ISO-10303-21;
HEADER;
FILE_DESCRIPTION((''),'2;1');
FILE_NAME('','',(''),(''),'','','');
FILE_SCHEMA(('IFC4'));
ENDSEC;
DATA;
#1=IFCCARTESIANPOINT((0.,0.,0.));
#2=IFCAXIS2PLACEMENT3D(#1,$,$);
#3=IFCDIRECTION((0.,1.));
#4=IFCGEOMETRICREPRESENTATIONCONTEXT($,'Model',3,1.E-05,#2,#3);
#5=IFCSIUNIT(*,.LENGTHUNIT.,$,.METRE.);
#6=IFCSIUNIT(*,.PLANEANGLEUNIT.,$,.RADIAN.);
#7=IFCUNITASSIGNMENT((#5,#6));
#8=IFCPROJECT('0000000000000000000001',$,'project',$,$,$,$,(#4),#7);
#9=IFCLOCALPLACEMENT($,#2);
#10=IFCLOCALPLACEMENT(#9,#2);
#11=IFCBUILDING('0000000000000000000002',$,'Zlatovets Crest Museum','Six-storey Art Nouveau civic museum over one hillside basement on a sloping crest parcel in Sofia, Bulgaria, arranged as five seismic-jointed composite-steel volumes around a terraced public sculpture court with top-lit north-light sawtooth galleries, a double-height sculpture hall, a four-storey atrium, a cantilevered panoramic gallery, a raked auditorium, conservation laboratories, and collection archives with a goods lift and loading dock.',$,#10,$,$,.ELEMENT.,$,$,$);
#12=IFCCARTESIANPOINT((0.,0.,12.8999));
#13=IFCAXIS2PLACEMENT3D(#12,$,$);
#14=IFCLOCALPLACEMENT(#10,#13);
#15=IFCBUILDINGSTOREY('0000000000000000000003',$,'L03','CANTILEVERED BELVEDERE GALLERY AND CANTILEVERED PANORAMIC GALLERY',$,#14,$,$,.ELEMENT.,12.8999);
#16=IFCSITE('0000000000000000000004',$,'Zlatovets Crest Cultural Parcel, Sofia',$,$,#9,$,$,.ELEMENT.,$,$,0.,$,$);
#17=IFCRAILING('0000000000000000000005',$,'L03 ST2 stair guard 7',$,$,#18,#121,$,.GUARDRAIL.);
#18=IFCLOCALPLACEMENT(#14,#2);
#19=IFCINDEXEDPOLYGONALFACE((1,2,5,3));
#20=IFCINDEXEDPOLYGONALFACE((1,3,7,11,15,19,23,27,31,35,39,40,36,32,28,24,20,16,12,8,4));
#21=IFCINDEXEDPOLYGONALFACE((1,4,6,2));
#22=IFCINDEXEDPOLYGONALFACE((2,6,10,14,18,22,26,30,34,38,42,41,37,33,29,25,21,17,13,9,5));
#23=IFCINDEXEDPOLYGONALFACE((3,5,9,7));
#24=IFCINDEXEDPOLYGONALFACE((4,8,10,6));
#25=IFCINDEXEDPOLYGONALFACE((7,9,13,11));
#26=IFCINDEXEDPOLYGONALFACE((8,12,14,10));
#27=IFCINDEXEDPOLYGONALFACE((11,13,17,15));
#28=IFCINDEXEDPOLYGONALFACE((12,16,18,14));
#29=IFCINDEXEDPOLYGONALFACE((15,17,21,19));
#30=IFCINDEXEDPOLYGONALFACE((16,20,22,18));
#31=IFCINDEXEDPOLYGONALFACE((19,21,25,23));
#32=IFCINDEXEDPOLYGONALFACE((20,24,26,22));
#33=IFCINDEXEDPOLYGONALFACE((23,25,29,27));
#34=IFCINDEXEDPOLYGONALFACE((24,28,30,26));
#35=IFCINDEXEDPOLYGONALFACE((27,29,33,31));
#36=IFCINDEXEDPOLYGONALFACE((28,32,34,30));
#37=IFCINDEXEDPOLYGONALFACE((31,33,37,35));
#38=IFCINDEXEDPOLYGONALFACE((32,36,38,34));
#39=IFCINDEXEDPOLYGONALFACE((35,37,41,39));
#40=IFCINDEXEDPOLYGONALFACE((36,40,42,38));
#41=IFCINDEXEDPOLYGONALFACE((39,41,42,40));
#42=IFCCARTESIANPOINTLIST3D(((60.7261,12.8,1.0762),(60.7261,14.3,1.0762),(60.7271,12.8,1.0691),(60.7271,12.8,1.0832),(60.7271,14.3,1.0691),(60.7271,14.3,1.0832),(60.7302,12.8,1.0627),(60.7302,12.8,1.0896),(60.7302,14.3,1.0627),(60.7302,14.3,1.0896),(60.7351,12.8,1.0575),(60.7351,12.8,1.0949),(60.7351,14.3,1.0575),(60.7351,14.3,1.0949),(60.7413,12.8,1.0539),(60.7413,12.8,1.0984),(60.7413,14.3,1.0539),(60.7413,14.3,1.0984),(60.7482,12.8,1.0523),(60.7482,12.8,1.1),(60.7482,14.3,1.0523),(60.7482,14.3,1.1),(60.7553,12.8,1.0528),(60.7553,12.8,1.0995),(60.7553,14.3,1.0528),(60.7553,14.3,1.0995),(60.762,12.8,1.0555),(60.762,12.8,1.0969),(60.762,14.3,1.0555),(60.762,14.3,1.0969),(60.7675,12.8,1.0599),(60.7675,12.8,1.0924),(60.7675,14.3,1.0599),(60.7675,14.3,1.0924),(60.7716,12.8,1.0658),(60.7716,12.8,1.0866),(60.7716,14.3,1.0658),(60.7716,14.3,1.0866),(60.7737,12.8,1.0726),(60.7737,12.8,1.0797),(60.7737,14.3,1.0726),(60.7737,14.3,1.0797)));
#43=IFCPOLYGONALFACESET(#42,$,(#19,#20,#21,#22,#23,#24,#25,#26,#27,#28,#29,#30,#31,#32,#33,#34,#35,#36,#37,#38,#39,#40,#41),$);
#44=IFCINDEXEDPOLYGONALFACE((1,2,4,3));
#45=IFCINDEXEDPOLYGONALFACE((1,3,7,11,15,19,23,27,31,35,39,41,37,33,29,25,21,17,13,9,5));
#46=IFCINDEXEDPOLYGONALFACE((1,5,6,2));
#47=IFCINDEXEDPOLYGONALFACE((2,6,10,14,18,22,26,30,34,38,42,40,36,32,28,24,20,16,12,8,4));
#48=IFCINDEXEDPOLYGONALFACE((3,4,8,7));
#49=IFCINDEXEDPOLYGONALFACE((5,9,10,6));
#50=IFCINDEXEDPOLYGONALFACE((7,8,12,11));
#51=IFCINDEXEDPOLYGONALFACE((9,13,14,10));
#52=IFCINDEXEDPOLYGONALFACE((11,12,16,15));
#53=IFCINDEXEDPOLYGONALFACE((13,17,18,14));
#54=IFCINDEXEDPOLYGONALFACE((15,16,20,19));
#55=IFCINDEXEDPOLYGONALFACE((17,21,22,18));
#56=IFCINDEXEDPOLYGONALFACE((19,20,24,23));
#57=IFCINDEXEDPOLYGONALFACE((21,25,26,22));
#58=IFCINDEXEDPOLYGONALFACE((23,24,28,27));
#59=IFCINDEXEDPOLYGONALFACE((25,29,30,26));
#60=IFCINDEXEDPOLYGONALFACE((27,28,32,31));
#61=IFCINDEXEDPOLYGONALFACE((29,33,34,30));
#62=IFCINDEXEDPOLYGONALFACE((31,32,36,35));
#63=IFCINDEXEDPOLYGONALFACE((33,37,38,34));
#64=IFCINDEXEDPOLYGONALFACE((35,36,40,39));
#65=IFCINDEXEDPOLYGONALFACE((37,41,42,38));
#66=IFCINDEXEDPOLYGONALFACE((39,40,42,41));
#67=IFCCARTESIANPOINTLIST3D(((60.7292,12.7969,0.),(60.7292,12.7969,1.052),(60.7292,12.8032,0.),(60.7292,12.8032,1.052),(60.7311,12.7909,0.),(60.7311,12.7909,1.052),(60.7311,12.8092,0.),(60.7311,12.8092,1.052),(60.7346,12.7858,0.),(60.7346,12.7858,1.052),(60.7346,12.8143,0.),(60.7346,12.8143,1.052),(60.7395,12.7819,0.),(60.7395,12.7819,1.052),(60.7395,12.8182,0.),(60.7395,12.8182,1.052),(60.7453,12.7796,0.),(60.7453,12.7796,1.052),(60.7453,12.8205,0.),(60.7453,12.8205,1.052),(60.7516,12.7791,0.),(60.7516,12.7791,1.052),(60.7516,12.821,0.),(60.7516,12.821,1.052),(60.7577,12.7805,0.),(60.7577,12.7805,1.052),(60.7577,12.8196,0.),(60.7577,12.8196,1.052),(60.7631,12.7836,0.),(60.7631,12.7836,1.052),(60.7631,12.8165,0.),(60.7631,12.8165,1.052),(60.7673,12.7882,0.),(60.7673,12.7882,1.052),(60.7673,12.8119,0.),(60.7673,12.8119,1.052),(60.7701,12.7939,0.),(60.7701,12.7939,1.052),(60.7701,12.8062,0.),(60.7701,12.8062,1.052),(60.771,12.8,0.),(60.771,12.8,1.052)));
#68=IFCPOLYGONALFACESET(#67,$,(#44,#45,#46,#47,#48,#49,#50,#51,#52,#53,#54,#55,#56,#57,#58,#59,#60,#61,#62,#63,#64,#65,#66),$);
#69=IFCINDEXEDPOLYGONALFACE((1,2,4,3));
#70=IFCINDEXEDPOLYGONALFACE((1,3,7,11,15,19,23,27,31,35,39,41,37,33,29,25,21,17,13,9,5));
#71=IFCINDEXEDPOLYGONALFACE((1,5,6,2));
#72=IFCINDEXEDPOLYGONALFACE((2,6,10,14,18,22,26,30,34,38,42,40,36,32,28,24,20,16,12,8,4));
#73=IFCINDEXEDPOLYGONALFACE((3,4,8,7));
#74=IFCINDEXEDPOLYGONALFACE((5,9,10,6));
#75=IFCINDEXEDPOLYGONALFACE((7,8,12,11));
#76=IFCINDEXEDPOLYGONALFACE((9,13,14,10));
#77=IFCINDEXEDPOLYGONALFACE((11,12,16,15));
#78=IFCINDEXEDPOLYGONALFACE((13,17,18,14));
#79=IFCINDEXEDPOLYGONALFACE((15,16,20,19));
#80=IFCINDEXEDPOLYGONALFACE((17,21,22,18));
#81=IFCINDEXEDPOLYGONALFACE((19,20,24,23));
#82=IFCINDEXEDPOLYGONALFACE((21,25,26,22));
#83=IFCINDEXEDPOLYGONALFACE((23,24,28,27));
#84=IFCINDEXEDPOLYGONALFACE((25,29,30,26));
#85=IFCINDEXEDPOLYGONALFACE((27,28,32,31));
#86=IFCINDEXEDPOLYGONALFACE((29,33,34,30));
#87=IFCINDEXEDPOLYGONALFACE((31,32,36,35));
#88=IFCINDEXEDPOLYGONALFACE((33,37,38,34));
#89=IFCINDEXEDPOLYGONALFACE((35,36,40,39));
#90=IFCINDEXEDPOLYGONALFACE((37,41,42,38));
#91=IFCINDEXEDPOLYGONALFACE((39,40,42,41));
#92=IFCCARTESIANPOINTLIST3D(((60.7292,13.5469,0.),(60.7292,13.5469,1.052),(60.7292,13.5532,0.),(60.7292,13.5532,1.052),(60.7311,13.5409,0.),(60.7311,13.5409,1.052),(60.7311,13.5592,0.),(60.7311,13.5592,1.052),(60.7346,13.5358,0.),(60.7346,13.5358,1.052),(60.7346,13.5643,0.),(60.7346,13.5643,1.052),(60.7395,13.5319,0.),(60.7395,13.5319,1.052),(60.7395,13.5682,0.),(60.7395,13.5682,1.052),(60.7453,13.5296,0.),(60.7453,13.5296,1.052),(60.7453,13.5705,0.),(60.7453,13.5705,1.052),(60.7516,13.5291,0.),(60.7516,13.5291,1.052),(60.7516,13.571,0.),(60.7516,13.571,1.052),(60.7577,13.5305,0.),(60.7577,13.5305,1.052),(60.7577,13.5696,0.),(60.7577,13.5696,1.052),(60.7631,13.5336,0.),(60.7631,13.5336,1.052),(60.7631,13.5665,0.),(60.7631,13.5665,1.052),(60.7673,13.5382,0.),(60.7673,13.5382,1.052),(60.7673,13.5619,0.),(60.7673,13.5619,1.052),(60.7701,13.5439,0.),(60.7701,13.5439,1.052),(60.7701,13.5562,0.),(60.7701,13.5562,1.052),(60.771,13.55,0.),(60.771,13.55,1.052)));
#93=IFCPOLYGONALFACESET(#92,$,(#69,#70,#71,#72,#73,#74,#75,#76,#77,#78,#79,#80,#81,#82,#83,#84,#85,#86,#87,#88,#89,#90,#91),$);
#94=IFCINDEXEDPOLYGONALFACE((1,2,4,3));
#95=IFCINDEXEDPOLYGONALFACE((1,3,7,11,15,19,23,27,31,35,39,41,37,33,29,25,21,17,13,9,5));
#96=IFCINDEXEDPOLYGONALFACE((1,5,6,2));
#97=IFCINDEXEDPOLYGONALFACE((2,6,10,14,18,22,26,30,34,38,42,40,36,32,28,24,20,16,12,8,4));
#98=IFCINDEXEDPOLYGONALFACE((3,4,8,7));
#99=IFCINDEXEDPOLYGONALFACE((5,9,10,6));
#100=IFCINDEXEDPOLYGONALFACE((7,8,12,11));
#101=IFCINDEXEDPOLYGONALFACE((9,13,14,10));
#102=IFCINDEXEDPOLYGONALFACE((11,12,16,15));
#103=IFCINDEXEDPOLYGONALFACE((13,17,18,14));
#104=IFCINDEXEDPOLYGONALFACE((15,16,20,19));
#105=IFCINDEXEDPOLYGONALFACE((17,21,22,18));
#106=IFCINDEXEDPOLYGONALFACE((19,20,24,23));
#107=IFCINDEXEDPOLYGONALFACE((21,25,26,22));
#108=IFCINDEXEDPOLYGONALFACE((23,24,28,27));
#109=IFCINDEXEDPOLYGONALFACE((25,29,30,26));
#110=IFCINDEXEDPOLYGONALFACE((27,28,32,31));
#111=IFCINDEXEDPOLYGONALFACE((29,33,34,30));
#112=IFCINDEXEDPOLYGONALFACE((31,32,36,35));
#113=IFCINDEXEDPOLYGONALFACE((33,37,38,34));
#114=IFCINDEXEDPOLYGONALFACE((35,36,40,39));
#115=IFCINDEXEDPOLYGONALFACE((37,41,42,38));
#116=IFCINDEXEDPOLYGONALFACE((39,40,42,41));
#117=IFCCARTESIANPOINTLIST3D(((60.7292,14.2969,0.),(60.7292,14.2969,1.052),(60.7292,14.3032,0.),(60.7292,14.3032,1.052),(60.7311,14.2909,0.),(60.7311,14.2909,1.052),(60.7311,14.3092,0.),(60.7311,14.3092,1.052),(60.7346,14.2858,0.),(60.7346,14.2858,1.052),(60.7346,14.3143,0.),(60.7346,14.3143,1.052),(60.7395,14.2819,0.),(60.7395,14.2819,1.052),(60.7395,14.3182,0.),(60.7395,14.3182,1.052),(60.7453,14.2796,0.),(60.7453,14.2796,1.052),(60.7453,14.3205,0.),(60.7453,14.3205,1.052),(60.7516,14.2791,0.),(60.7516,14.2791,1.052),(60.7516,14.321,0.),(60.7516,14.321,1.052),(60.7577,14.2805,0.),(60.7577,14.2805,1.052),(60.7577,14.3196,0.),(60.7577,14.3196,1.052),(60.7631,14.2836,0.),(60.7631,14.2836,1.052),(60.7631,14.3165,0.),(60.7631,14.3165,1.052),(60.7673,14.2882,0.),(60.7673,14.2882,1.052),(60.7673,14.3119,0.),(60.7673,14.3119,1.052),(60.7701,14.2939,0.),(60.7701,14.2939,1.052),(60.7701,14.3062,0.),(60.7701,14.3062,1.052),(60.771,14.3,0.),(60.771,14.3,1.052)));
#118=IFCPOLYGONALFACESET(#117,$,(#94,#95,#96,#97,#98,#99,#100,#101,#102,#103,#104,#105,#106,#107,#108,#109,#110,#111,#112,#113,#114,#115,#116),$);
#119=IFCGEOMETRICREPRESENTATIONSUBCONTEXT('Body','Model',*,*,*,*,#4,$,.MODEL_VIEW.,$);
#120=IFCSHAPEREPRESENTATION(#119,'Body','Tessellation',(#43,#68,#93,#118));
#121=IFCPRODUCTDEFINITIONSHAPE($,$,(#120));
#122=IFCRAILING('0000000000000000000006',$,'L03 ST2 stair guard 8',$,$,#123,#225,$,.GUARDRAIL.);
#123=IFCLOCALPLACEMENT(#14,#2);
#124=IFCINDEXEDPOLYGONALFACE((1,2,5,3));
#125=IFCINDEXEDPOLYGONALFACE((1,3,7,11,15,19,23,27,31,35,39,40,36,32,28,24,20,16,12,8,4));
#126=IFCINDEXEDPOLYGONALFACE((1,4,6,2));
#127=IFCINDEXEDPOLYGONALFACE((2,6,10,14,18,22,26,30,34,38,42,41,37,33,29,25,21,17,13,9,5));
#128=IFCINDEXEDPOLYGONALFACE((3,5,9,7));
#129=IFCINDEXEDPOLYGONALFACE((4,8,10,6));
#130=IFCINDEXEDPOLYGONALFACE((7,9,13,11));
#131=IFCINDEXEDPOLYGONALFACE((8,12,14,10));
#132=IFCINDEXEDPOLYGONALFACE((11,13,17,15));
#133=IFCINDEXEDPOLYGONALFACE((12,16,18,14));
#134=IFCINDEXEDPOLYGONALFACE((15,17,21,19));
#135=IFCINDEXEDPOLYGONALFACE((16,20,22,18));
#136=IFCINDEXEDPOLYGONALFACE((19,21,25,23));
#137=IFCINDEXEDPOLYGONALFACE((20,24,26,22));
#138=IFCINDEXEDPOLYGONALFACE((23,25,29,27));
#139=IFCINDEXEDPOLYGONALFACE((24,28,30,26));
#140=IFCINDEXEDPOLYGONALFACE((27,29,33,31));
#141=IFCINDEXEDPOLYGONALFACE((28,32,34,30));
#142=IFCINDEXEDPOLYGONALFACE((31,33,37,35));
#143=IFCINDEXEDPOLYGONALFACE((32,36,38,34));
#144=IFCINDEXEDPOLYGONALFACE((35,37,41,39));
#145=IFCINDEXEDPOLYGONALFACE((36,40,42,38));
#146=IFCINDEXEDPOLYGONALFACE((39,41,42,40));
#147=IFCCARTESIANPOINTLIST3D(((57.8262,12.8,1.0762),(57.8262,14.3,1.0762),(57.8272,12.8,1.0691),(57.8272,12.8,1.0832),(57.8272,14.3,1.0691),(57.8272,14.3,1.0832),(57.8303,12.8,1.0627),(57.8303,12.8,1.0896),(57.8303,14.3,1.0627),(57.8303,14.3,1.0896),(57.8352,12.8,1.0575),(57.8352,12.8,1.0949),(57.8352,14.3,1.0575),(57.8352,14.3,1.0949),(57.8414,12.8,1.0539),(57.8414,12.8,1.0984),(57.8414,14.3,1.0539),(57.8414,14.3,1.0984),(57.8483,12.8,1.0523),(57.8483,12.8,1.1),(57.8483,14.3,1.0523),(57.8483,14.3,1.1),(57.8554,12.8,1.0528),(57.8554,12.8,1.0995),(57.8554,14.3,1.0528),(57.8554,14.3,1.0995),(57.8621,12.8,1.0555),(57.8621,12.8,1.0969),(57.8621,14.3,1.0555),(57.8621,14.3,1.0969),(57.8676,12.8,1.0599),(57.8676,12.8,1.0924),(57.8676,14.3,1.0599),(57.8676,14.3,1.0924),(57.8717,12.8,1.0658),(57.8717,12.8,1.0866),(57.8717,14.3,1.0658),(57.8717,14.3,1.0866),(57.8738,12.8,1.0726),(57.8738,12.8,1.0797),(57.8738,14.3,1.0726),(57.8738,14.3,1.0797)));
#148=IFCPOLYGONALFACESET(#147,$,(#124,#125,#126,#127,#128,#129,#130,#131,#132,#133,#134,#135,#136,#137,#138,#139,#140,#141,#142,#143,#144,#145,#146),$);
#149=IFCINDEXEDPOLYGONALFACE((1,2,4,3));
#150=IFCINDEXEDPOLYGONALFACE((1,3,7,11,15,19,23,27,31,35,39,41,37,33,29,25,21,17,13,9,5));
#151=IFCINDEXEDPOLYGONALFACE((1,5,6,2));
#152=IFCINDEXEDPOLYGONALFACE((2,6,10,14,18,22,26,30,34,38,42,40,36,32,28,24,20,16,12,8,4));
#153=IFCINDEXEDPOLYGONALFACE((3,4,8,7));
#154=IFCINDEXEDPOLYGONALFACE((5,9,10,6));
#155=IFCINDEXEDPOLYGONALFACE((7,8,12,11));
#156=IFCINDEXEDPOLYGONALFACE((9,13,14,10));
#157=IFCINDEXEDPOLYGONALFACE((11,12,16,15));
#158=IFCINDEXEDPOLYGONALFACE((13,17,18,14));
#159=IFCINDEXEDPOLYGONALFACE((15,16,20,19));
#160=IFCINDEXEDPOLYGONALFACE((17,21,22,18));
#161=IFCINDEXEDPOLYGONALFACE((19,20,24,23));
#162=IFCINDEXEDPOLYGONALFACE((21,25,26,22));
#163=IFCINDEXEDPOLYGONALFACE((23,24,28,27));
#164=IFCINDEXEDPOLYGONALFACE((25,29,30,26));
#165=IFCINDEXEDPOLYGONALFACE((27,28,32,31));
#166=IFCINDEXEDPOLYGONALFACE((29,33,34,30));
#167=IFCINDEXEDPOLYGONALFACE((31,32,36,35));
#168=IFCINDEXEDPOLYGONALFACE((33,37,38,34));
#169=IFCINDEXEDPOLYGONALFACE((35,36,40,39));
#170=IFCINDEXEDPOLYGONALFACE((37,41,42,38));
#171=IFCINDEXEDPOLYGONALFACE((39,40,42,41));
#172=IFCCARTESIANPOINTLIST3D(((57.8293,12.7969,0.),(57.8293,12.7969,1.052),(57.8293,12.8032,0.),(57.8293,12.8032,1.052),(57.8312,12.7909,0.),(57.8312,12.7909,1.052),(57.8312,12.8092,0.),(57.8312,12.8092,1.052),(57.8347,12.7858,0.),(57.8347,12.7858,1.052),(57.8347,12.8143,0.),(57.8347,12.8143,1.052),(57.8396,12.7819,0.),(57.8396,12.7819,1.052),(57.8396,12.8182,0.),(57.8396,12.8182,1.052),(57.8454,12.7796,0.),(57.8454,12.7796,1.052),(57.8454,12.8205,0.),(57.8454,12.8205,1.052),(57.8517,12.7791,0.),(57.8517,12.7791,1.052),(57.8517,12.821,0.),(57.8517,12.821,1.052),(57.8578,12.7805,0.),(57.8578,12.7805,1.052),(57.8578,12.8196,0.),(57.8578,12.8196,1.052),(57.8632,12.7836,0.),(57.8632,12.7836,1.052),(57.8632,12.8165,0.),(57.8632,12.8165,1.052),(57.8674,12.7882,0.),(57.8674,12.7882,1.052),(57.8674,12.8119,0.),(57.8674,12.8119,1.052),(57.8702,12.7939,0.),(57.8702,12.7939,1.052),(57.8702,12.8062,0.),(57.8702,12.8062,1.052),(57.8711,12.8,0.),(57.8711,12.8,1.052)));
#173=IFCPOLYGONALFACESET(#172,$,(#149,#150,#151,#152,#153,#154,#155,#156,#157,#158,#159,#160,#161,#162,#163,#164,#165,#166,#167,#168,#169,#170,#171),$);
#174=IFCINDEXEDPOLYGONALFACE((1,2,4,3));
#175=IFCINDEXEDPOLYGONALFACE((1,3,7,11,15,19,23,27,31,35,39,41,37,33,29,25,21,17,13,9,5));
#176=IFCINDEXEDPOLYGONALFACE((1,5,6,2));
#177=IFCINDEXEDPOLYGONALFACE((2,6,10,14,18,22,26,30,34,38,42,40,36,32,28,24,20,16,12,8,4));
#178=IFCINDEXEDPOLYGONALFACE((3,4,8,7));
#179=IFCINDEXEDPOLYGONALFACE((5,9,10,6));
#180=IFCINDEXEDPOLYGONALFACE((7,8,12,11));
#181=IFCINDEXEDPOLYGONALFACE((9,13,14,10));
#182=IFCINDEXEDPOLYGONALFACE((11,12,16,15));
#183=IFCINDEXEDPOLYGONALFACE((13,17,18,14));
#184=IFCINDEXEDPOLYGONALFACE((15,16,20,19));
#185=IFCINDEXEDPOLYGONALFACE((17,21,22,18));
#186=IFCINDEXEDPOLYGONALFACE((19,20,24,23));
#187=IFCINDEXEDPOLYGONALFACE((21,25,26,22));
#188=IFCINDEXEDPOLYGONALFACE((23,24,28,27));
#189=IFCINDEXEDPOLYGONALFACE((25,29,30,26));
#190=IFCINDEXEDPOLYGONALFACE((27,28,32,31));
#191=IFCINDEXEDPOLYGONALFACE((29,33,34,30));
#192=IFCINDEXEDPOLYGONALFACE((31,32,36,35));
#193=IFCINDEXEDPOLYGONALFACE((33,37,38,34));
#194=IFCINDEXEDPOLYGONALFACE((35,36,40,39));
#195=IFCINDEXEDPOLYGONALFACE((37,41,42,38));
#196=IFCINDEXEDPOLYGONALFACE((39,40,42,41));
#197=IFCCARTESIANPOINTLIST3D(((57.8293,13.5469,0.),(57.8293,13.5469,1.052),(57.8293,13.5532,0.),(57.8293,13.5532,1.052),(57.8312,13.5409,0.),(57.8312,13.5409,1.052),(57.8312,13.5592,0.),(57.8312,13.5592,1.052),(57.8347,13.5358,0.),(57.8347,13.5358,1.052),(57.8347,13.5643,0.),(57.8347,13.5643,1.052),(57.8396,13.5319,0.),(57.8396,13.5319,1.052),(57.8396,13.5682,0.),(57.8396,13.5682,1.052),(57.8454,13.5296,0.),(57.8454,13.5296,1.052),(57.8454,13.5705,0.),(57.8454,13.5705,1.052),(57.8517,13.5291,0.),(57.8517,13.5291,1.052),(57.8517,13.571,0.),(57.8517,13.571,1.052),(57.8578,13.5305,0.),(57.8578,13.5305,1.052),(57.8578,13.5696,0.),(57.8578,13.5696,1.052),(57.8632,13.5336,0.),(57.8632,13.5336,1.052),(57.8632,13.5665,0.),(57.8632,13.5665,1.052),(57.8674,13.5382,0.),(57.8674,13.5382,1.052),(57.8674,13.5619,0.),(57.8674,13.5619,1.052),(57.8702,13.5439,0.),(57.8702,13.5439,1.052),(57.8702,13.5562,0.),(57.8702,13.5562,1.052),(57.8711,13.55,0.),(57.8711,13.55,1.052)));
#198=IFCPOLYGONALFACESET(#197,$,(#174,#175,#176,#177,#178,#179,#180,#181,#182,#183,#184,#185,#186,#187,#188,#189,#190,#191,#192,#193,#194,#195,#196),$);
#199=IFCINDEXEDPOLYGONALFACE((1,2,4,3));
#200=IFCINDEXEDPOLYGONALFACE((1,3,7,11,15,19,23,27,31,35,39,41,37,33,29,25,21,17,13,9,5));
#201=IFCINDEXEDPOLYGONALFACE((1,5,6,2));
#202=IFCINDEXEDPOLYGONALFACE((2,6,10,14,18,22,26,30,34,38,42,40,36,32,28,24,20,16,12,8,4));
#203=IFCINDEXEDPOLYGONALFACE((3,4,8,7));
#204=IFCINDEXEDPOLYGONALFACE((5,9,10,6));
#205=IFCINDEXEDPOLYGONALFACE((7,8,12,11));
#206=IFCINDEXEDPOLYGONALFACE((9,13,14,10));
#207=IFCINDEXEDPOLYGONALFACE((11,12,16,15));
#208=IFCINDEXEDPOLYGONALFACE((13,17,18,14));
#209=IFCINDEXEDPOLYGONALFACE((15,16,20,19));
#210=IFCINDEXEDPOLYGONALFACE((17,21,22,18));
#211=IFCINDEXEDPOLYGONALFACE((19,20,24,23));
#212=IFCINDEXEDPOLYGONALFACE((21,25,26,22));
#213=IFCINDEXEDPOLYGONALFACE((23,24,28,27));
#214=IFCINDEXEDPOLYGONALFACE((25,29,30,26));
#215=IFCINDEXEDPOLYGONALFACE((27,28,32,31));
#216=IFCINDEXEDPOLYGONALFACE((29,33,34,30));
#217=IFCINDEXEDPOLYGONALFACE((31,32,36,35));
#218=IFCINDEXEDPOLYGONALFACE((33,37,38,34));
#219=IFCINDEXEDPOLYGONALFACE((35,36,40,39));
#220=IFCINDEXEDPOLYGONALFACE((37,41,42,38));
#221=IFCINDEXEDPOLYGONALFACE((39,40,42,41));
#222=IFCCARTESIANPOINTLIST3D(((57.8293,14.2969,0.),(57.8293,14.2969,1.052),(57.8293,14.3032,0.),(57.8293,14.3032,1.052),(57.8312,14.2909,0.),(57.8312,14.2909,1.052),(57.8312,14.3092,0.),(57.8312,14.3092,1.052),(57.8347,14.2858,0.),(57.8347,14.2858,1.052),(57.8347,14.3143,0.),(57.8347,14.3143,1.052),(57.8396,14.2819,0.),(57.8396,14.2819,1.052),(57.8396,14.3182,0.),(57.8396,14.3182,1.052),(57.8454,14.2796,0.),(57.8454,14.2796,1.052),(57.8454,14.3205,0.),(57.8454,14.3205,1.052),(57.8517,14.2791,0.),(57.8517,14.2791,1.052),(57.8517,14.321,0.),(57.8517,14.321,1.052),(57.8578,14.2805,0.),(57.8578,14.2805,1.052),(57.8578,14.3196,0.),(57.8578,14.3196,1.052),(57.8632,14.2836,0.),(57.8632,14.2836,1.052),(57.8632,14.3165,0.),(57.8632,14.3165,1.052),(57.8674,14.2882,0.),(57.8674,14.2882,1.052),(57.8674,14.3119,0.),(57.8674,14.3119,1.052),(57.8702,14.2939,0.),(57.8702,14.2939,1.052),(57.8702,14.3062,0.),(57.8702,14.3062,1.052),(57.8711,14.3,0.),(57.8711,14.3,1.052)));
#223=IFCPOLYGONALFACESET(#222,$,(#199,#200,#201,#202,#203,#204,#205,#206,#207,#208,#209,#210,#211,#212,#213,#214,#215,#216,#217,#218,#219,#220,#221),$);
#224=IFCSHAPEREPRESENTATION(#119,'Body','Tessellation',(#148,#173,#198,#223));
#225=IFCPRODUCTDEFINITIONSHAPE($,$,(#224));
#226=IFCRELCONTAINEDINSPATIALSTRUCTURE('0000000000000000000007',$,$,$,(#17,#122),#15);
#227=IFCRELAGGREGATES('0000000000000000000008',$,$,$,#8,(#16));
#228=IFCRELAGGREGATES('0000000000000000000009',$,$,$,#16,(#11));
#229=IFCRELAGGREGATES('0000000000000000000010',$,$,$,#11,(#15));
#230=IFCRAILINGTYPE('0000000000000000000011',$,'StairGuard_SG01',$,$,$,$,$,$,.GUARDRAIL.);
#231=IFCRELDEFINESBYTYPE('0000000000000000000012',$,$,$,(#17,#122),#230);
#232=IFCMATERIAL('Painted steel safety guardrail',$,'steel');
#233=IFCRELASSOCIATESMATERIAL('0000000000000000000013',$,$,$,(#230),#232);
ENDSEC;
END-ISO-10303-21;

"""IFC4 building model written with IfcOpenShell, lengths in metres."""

from ifc_helpers import new_model, si_unit, direction, frame, origin, origin_2d, place, context, subcontext, project, spatial, circle, extrude, material, type_object, element, save


model = new_model("IFC4")

# Units and contexts
model_context = context("Model", 3, precision=1e-05, world=origin(), true_north=direction((0.0, 1.0)))
body_context = subcontext(model_context, "Body", "Model", "MODEL_VIEW")
ifc_project = project(units=[si_unit("LENGTHUNIT", "METRE"), si_unit("PLANEANGLEUNIT", "RADIAN")], contexts=[model_context])

# Site, building, storey
site_placement = place(None, origin())
site = spatial("IfcSite", under=ifc_project, at=site_placement, Name="Zlatovets Crest Cultural Parcel, Sofia", CompositionType="ELEMENT", RefElevation=0.0)
building_placement = place(site_placement, origin())
building = spatial("IfcBuilding", under=site, at=building_placement, Name="Zlatovets Crest Museum", Description="Six-storey Art Nouveau civic museum over one hillside basement on a sloping crest parcel in Sofia, Bulgaria, arranged as five seismic-jointed composite-steel volumes around a terraced public sculpture court with top-lit north-light sawtooth galleries, a double-height sculpture hall, a four-storey atrium, a cantilevered panoramic gallery, a raked auditorium, conservation laboratories, and collection archives with a goods lift and loading dock.", CompositionType="ELEMENT")
storey_placement = place(building_placement, frame((0.0, 0.0, 12.8999)))
storey = spatial("IfcBuildingStorey", under=building, at=storey_placement, Name="L03", Description="CANTILEVERED BELVEDERE GALLERY AND CANTILEVERED PANORAMIC GALLERY", CompositionType="ELEMENT", Elevation=12.8999)

# Railings
ifc_material_1 = material(Name="Painted steel safety guardrail", Category="steel")
railing_type_1 = type_object("IfcRailingType", Name="StairGuard_SG01", PredefinedType="GUARDRAIL", material=ifc_material_1)
for number, where, name in (
    (1, (60.75, 12.8, 0.0), "L03 ST2 stair guard 7"),
    (2, (57.8501, 12.8, 0.0), "L03 ST2 stair guard 8"),
):
    element("IfcRailing", number, at=place(storey_placement, frame(where)), inside=storey, type_object=railing_type_1, Name=name, PredefinedType="GUARDRAIL", context=body_context, shape_type="SweptSolid", body=[
        extrude(circle(Radius=0.0239, at=origin_2d()), frame((0.0, 0.0, 1.0762), z_axis=(0.0, 1.0, 0.0), x_axis=(-1.0, 0.0, 0.0)), (0.0, 0.0, 1.0), 1.5),
        extrude(circle(Radius=0.021, at=origin_2d()), origin(), (0.0, 0.0, 1.0), 1.052),
        extrude(circle(Radius=0.021, at=origin_2d()), frame((0.0, 0.75, 0.0)), (0.0, 0.0, 1.0), 1.052),
        extrude(circle(Radius=0.021, at=origin_2d()), frame((0.0, 1.5, 0.0)), (0.0, 0.0, 1.0), 1.052),
    ])

save(model, "model.ifc")
